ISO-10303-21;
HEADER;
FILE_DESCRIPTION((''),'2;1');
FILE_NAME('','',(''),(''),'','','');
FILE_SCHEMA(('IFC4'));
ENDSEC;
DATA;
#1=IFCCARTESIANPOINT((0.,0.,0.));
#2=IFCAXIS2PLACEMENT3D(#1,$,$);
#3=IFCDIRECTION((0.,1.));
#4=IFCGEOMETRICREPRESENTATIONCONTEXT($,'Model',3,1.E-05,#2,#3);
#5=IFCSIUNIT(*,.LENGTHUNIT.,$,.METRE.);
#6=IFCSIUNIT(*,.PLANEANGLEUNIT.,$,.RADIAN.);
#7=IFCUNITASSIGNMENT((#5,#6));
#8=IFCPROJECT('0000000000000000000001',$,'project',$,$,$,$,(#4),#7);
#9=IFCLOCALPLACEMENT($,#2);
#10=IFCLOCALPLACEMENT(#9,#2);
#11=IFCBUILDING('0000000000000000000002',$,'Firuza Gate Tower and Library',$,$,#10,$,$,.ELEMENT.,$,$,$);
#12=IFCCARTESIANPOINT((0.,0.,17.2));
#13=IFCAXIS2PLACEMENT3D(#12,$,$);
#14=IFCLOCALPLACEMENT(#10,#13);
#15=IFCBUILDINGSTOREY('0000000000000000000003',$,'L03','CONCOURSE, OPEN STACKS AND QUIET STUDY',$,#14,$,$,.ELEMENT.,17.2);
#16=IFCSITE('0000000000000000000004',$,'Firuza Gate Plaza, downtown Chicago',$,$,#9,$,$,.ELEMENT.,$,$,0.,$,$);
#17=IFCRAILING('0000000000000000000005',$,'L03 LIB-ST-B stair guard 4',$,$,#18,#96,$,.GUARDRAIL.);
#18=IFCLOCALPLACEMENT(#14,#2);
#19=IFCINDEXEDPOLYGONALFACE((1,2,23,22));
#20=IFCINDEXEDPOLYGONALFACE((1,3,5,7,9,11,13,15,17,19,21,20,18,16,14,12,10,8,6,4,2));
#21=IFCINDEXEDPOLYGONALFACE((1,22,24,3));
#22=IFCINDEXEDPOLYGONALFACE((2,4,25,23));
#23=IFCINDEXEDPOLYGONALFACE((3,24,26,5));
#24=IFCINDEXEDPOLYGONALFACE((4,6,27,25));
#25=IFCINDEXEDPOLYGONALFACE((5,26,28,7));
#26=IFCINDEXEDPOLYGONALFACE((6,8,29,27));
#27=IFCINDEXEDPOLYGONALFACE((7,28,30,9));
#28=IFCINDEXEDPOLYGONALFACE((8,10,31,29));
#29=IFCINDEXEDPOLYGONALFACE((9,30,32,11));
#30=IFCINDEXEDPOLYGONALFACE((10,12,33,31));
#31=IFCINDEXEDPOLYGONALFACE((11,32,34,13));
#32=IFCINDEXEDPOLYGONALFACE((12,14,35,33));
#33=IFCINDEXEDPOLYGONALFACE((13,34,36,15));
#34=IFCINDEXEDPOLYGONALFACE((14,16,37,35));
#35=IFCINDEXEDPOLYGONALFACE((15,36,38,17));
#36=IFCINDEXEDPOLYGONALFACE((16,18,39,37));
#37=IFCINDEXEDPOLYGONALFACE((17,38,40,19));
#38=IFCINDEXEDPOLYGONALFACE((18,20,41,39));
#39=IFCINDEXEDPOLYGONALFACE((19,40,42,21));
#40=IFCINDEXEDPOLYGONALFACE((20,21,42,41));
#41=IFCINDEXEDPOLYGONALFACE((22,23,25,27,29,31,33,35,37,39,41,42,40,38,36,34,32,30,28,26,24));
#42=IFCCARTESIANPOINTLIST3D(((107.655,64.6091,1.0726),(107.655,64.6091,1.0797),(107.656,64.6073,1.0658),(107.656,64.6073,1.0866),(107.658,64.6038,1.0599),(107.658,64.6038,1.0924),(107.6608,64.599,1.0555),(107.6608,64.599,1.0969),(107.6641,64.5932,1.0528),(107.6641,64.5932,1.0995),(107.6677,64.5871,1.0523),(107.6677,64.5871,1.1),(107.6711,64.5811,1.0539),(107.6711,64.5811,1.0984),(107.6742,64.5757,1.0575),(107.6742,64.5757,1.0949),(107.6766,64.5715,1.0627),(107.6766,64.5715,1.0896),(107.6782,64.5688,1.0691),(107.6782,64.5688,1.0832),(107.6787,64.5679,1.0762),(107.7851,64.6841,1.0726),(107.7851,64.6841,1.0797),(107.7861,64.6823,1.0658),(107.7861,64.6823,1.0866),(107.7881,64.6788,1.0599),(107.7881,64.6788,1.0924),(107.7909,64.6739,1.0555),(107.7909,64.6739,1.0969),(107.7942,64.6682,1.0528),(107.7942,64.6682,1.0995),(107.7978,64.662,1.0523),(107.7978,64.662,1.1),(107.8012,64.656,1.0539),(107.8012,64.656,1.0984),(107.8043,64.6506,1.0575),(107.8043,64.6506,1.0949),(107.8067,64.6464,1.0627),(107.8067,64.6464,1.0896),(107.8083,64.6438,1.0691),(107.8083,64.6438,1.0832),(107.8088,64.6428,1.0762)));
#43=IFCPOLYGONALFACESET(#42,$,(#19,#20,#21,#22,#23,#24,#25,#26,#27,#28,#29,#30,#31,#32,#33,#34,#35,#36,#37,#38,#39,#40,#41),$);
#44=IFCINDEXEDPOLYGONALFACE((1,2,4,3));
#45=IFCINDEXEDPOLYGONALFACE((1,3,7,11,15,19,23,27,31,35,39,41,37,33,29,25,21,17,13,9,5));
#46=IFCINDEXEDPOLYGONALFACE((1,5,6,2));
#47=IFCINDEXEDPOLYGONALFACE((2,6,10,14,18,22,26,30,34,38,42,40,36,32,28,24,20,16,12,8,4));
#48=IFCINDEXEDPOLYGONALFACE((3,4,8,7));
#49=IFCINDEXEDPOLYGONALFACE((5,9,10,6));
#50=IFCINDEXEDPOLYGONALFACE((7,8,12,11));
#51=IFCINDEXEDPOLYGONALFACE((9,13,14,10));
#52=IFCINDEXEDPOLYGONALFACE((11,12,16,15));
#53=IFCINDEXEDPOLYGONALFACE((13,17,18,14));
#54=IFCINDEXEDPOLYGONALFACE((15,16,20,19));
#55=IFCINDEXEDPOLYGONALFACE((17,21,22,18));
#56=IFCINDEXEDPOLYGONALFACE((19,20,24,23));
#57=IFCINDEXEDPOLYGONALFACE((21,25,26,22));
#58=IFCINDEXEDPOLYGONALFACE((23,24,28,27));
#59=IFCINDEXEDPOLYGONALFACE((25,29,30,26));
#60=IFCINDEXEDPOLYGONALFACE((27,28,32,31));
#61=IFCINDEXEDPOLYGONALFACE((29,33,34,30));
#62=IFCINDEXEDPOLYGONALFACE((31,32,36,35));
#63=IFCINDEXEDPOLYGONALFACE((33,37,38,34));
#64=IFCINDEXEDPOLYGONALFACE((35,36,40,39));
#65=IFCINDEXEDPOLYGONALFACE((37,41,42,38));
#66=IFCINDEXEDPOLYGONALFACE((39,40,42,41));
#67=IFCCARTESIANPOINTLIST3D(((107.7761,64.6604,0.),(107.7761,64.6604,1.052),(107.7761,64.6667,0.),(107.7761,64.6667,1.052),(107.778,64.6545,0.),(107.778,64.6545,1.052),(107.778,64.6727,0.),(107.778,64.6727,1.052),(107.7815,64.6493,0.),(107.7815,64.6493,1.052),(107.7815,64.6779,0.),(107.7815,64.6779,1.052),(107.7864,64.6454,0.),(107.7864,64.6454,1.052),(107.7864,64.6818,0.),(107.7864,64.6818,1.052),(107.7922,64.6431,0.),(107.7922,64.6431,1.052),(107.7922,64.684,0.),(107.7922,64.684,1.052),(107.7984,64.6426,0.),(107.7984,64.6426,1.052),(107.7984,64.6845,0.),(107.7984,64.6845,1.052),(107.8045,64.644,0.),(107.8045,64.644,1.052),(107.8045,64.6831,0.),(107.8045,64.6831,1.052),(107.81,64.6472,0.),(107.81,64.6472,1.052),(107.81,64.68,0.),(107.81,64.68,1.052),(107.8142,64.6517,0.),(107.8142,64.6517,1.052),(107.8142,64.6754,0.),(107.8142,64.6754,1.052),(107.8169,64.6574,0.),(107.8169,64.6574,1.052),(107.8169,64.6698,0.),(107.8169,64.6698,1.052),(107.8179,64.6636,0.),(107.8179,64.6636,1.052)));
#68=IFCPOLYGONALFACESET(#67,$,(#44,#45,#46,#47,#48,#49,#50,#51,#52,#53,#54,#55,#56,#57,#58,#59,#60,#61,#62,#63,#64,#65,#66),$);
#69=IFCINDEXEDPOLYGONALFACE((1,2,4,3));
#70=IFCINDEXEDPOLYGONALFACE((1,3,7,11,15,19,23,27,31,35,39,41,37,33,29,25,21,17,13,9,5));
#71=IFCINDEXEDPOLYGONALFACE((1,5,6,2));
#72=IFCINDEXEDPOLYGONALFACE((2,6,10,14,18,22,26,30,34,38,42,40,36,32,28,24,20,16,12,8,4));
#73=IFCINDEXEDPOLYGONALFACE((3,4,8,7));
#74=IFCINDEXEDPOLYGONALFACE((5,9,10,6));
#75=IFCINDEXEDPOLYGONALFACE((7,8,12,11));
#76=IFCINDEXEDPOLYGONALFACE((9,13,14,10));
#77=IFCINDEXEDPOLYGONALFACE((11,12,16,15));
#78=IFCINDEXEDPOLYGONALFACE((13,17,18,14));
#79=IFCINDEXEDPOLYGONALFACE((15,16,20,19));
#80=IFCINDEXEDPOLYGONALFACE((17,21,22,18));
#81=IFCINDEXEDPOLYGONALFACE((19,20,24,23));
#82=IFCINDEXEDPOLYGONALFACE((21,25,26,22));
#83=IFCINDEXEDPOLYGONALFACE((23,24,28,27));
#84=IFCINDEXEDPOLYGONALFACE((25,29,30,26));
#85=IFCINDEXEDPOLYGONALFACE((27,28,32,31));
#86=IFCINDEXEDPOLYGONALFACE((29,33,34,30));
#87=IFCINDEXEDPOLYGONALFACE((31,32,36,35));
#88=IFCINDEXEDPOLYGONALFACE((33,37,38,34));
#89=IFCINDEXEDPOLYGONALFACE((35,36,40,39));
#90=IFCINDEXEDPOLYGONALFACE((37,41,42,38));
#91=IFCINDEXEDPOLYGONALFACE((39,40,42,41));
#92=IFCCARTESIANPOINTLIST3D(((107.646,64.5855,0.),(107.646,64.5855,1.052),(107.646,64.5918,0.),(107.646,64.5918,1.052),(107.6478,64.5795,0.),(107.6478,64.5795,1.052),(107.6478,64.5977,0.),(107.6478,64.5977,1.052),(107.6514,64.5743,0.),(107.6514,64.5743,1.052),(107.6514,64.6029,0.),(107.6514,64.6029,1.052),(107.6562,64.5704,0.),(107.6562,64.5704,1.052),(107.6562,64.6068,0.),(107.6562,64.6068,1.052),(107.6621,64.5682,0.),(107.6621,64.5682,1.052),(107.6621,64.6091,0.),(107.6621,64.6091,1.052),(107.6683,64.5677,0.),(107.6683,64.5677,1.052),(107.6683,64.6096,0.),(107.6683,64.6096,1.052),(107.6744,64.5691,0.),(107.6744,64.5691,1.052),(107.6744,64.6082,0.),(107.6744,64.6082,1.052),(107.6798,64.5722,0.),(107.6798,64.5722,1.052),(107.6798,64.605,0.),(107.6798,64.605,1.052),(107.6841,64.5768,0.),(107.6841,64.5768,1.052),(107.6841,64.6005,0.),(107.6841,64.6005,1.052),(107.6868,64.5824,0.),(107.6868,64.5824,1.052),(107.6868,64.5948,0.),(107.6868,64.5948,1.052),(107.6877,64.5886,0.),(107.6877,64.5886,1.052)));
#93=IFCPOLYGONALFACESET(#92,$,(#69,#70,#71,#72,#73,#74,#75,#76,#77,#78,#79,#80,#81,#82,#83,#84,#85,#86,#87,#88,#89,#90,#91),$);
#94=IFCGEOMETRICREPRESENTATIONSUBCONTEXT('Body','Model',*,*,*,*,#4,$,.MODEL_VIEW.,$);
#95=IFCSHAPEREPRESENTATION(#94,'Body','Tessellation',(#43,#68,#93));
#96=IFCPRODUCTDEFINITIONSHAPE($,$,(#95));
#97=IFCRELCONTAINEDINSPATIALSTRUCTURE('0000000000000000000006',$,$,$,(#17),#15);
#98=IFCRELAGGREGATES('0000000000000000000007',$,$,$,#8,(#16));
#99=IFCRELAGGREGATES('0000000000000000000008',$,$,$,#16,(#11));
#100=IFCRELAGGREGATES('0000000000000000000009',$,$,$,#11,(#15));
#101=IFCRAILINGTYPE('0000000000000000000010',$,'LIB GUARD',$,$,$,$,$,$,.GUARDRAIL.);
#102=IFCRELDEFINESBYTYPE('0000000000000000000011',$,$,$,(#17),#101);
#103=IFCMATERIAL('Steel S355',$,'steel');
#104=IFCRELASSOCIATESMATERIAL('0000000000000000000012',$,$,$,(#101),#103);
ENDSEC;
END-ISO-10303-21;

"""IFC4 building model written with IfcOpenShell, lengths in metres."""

from ifc_helpers import new_model, si_unit, direction, frame, origin, origin_2d, place, context, subcontext, project, spatial, circle, extrude, material, type_object, element, save


model = new_model("IFC4")

# Units and contexts
model_context = context("Model", 3, precision=1e-05, world=origin(), true_north=direction((0.0, 1.0)))
body_context = subcontext(model_context, "Body", "Model", "MODEL_VIEW")
ifc_project = project(units=[si_unit("LENGTHUNIT", "METRE"), si_unit("PLANEANGLEUNIT", "RADIAN")], contexts=[model_context])

# Site, building, storey
site_placement = place(None, origin())
site = spatial("IfcSite", under=ifc_project, at=site_placement, Name="Firuza Gate Plaza, downtown Chicago", CompositionType="ELEMENT", RefElevation=0.0)
building_placement = place(site_placement, origin())
building = spatial("IfcBuilding", under=site, at=building_placement, Name="Firuza Gate Tower and Library", CompositionType="ELEMENT")
storey_placement = place(building_placement, frame((0.0, 0.0, 17.2)))
storey = spatial("IfcBuildingStorey", under=building, at=storey_placement, Name="L03", Description="CONCOURSE, OPEN STACKS AND QUIET STUDY", CompositionType="ELEMENT", Elevation=17.2)

# Railing
ifc_material_1 = material(Name="Steel S355", Category="steel")
railing_type_1 = type_object("IfcRailingType", Name="LIB GUARD", PredefinedType="GUARDRAIL", material=ifc_material_1)
railing_1_placement = place(storey_placement, frame((107.7969, 64.6636, 0.0)))
element("IfcRailing", 1, at=railing_1_placement, inside=storey, type_object=railing_type_1, Name="L03 LIB-ST-B stair guard 4", PredefinedType="GUARDRAIL", context=body_context, shape_type="SweptSolid", body=[
    extrude(circle(Radius=0.0239, at=origin_2d()), frame((0.0, 0.0, 1.0762), z_axis=(-0.866537, -0.499112, 0.0), x_axis=(0.499112, -0.866537, 0.0)), (0.0, 0.0, 1.0), 0.1501),
    extrude(circle(Radius=0.021, at=origin_2d()), origin(), (0.0, 0.0, 1.0), 1.052),
    extrude(circle(Radius=0.021, at=origin_2d()), frame((-0.1301, -0.075, 0.0)), (0.0, 0.0, 1.0), 1.052),
])

save(model, "model.ifc")
